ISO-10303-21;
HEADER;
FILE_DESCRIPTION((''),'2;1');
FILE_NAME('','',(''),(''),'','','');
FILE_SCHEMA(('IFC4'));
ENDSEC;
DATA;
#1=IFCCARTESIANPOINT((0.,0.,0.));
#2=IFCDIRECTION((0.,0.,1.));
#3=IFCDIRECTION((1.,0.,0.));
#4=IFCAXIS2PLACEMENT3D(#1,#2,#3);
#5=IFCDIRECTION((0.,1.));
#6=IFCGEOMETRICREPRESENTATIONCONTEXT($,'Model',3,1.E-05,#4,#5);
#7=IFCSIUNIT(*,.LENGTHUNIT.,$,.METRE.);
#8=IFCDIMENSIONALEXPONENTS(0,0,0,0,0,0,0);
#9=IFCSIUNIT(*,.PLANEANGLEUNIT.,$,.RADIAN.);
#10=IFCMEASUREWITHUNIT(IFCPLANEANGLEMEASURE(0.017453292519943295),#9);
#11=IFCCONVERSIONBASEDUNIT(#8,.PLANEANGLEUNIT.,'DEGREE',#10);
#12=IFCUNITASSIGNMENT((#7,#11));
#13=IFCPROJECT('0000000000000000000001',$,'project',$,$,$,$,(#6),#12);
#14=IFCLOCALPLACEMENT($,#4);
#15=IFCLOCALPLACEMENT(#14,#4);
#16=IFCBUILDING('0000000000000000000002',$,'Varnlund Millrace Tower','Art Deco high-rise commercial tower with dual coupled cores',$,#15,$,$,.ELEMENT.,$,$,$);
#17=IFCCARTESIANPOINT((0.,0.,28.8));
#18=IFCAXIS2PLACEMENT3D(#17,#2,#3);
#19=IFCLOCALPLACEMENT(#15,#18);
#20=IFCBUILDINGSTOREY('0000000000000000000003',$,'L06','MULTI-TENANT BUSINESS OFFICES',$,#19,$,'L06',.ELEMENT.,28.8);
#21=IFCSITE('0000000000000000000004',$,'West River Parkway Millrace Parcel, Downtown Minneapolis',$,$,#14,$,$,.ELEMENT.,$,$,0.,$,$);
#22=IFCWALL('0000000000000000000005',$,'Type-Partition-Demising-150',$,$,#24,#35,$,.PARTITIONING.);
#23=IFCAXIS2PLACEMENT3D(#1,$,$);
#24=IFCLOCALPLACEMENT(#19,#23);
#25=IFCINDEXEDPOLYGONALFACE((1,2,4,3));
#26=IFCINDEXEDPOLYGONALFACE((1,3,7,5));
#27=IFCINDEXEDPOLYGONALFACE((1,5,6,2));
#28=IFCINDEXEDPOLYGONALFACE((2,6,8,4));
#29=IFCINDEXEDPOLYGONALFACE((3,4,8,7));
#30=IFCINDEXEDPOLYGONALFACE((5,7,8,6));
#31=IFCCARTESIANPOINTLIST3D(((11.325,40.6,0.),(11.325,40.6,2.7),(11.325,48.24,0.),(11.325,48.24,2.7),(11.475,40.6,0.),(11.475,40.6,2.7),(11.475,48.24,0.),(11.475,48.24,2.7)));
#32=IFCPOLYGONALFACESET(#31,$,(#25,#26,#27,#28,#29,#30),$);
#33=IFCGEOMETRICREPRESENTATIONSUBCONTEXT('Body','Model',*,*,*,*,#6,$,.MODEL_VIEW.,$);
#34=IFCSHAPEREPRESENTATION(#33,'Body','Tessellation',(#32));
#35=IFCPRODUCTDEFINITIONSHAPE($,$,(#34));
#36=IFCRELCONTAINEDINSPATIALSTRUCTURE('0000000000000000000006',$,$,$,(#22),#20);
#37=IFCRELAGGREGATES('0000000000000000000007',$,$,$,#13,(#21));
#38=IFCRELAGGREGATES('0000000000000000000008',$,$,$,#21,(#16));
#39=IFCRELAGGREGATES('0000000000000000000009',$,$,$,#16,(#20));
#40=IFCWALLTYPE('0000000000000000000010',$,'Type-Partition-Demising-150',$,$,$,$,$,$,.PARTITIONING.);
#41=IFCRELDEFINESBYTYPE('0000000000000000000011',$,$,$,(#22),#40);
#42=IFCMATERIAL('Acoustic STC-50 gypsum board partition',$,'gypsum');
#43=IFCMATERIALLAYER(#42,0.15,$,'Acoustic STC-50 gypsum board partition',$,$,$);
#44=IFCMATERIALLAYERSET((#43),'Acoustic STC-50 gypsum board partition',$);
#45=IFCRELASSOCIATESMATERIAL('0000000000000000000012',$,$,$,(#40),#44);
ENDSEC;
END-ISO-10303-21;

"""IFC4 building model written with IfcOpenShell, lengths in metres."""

from ifc_helpers import new_model, entity, si_unit, converted_unit, direction, frame, origin_with_axes, place, context, subcontext, project, spatial, polyline, outline, extrude, material, layer, layer_set, type_object, element, save


model = new_model("IFC4")

# Units and contexts
model_context = context("Model", 3, precision=1e-05, world=origin_with_axes(), true_north=direction((0.0, 1.0)))
body_context = subcontext(model_context, "Body", "Model", "MODEL_VIEW")
ifc_project = project(units=[si_unit("LENGTHUNIT", "METRE"), converted_unit("PLANEANGLEUNIT", "DEGREE", entity("IfcPlaneAngleMeasure", 0.017453292519943295), si_unit("PLANEANGLEUNIT", "RADIAN"), dimensions=[0, 0, 0, 0, 0, 0, 0])], contexts=[model_context])

# Site, building, storey
site_placement = place(None, origin_with_axes())
site = spatial("IfcSite", under=ifc_project, at=site_placement, Name="West River Parkway Millrace Parcel, Downtown Minneapolis", CompositionType="ELEMENT", RefElevation=0.0)
building_placement = place(site_placement, origin_with_axes())
building = spatial("IfcBuilding", under=site, at=building_placement, Name="Varnlund Millrace Tower", Description="Art Deco high-rise commercial tower with dual coupled cores", CompositionType="ELEMENT")
storey_placement = place(building_placement, frame((0.0, 0.0, 28.8), z_axis=(0.0, 0.0, 1.0), x_axis=(1.0, 0.0, 0.0)))
storey = spatial("IfcBuildingStorey", under=building, at=storey_placement, Name="L06", Description="MULTI-TENANT BUSINESS OFFICES", LongName="L06", CompositionType="ELEMENT", Elevation=28.8)

# Wall
ifc_material_1 = material(Name="Acoustic STC-50 gypsum board partition", Category="gypsum")
ifc_layer_1 = layer(ifc_material_1, 0.15, Name="Acoustic STC-50 gypsum board partition")
ifc_layer_set_1 = layer_set([ifc_layer_1], Name="Acoustic STC-50 gypsum board partition")
wall_type_1 = type_object("IfcWallType", Name="Type-Partition-Demising-150", PredefinedType="PARTITIONING", material=ifc_layer_set_1)
wall_1_placement = place(storey_placement, frame((11.4, 40.6, 0.0), z_axis=(0.0, 0.0, 1.0), x_axis=(0.0, 1.0, 0.0)))
element("IfcWall", 1, at=wall_1_placement, inside=storey, type_object=wall_type_1, Name="Type-Partition-Demising-150", PredefinedType="PARTITIONING", context=body_context, shape_type="SweptSolid", body=[
    extrude(outline(polyline([(0.0, -0.075), (7.64, -0.075), (7.64, 0.075), (0.0, 0.075), (0.0, -0.075)])), origin_with_axes(), (0.0, 0.0, 1.0), 2.7),
])

save(model, "model.ifc")
